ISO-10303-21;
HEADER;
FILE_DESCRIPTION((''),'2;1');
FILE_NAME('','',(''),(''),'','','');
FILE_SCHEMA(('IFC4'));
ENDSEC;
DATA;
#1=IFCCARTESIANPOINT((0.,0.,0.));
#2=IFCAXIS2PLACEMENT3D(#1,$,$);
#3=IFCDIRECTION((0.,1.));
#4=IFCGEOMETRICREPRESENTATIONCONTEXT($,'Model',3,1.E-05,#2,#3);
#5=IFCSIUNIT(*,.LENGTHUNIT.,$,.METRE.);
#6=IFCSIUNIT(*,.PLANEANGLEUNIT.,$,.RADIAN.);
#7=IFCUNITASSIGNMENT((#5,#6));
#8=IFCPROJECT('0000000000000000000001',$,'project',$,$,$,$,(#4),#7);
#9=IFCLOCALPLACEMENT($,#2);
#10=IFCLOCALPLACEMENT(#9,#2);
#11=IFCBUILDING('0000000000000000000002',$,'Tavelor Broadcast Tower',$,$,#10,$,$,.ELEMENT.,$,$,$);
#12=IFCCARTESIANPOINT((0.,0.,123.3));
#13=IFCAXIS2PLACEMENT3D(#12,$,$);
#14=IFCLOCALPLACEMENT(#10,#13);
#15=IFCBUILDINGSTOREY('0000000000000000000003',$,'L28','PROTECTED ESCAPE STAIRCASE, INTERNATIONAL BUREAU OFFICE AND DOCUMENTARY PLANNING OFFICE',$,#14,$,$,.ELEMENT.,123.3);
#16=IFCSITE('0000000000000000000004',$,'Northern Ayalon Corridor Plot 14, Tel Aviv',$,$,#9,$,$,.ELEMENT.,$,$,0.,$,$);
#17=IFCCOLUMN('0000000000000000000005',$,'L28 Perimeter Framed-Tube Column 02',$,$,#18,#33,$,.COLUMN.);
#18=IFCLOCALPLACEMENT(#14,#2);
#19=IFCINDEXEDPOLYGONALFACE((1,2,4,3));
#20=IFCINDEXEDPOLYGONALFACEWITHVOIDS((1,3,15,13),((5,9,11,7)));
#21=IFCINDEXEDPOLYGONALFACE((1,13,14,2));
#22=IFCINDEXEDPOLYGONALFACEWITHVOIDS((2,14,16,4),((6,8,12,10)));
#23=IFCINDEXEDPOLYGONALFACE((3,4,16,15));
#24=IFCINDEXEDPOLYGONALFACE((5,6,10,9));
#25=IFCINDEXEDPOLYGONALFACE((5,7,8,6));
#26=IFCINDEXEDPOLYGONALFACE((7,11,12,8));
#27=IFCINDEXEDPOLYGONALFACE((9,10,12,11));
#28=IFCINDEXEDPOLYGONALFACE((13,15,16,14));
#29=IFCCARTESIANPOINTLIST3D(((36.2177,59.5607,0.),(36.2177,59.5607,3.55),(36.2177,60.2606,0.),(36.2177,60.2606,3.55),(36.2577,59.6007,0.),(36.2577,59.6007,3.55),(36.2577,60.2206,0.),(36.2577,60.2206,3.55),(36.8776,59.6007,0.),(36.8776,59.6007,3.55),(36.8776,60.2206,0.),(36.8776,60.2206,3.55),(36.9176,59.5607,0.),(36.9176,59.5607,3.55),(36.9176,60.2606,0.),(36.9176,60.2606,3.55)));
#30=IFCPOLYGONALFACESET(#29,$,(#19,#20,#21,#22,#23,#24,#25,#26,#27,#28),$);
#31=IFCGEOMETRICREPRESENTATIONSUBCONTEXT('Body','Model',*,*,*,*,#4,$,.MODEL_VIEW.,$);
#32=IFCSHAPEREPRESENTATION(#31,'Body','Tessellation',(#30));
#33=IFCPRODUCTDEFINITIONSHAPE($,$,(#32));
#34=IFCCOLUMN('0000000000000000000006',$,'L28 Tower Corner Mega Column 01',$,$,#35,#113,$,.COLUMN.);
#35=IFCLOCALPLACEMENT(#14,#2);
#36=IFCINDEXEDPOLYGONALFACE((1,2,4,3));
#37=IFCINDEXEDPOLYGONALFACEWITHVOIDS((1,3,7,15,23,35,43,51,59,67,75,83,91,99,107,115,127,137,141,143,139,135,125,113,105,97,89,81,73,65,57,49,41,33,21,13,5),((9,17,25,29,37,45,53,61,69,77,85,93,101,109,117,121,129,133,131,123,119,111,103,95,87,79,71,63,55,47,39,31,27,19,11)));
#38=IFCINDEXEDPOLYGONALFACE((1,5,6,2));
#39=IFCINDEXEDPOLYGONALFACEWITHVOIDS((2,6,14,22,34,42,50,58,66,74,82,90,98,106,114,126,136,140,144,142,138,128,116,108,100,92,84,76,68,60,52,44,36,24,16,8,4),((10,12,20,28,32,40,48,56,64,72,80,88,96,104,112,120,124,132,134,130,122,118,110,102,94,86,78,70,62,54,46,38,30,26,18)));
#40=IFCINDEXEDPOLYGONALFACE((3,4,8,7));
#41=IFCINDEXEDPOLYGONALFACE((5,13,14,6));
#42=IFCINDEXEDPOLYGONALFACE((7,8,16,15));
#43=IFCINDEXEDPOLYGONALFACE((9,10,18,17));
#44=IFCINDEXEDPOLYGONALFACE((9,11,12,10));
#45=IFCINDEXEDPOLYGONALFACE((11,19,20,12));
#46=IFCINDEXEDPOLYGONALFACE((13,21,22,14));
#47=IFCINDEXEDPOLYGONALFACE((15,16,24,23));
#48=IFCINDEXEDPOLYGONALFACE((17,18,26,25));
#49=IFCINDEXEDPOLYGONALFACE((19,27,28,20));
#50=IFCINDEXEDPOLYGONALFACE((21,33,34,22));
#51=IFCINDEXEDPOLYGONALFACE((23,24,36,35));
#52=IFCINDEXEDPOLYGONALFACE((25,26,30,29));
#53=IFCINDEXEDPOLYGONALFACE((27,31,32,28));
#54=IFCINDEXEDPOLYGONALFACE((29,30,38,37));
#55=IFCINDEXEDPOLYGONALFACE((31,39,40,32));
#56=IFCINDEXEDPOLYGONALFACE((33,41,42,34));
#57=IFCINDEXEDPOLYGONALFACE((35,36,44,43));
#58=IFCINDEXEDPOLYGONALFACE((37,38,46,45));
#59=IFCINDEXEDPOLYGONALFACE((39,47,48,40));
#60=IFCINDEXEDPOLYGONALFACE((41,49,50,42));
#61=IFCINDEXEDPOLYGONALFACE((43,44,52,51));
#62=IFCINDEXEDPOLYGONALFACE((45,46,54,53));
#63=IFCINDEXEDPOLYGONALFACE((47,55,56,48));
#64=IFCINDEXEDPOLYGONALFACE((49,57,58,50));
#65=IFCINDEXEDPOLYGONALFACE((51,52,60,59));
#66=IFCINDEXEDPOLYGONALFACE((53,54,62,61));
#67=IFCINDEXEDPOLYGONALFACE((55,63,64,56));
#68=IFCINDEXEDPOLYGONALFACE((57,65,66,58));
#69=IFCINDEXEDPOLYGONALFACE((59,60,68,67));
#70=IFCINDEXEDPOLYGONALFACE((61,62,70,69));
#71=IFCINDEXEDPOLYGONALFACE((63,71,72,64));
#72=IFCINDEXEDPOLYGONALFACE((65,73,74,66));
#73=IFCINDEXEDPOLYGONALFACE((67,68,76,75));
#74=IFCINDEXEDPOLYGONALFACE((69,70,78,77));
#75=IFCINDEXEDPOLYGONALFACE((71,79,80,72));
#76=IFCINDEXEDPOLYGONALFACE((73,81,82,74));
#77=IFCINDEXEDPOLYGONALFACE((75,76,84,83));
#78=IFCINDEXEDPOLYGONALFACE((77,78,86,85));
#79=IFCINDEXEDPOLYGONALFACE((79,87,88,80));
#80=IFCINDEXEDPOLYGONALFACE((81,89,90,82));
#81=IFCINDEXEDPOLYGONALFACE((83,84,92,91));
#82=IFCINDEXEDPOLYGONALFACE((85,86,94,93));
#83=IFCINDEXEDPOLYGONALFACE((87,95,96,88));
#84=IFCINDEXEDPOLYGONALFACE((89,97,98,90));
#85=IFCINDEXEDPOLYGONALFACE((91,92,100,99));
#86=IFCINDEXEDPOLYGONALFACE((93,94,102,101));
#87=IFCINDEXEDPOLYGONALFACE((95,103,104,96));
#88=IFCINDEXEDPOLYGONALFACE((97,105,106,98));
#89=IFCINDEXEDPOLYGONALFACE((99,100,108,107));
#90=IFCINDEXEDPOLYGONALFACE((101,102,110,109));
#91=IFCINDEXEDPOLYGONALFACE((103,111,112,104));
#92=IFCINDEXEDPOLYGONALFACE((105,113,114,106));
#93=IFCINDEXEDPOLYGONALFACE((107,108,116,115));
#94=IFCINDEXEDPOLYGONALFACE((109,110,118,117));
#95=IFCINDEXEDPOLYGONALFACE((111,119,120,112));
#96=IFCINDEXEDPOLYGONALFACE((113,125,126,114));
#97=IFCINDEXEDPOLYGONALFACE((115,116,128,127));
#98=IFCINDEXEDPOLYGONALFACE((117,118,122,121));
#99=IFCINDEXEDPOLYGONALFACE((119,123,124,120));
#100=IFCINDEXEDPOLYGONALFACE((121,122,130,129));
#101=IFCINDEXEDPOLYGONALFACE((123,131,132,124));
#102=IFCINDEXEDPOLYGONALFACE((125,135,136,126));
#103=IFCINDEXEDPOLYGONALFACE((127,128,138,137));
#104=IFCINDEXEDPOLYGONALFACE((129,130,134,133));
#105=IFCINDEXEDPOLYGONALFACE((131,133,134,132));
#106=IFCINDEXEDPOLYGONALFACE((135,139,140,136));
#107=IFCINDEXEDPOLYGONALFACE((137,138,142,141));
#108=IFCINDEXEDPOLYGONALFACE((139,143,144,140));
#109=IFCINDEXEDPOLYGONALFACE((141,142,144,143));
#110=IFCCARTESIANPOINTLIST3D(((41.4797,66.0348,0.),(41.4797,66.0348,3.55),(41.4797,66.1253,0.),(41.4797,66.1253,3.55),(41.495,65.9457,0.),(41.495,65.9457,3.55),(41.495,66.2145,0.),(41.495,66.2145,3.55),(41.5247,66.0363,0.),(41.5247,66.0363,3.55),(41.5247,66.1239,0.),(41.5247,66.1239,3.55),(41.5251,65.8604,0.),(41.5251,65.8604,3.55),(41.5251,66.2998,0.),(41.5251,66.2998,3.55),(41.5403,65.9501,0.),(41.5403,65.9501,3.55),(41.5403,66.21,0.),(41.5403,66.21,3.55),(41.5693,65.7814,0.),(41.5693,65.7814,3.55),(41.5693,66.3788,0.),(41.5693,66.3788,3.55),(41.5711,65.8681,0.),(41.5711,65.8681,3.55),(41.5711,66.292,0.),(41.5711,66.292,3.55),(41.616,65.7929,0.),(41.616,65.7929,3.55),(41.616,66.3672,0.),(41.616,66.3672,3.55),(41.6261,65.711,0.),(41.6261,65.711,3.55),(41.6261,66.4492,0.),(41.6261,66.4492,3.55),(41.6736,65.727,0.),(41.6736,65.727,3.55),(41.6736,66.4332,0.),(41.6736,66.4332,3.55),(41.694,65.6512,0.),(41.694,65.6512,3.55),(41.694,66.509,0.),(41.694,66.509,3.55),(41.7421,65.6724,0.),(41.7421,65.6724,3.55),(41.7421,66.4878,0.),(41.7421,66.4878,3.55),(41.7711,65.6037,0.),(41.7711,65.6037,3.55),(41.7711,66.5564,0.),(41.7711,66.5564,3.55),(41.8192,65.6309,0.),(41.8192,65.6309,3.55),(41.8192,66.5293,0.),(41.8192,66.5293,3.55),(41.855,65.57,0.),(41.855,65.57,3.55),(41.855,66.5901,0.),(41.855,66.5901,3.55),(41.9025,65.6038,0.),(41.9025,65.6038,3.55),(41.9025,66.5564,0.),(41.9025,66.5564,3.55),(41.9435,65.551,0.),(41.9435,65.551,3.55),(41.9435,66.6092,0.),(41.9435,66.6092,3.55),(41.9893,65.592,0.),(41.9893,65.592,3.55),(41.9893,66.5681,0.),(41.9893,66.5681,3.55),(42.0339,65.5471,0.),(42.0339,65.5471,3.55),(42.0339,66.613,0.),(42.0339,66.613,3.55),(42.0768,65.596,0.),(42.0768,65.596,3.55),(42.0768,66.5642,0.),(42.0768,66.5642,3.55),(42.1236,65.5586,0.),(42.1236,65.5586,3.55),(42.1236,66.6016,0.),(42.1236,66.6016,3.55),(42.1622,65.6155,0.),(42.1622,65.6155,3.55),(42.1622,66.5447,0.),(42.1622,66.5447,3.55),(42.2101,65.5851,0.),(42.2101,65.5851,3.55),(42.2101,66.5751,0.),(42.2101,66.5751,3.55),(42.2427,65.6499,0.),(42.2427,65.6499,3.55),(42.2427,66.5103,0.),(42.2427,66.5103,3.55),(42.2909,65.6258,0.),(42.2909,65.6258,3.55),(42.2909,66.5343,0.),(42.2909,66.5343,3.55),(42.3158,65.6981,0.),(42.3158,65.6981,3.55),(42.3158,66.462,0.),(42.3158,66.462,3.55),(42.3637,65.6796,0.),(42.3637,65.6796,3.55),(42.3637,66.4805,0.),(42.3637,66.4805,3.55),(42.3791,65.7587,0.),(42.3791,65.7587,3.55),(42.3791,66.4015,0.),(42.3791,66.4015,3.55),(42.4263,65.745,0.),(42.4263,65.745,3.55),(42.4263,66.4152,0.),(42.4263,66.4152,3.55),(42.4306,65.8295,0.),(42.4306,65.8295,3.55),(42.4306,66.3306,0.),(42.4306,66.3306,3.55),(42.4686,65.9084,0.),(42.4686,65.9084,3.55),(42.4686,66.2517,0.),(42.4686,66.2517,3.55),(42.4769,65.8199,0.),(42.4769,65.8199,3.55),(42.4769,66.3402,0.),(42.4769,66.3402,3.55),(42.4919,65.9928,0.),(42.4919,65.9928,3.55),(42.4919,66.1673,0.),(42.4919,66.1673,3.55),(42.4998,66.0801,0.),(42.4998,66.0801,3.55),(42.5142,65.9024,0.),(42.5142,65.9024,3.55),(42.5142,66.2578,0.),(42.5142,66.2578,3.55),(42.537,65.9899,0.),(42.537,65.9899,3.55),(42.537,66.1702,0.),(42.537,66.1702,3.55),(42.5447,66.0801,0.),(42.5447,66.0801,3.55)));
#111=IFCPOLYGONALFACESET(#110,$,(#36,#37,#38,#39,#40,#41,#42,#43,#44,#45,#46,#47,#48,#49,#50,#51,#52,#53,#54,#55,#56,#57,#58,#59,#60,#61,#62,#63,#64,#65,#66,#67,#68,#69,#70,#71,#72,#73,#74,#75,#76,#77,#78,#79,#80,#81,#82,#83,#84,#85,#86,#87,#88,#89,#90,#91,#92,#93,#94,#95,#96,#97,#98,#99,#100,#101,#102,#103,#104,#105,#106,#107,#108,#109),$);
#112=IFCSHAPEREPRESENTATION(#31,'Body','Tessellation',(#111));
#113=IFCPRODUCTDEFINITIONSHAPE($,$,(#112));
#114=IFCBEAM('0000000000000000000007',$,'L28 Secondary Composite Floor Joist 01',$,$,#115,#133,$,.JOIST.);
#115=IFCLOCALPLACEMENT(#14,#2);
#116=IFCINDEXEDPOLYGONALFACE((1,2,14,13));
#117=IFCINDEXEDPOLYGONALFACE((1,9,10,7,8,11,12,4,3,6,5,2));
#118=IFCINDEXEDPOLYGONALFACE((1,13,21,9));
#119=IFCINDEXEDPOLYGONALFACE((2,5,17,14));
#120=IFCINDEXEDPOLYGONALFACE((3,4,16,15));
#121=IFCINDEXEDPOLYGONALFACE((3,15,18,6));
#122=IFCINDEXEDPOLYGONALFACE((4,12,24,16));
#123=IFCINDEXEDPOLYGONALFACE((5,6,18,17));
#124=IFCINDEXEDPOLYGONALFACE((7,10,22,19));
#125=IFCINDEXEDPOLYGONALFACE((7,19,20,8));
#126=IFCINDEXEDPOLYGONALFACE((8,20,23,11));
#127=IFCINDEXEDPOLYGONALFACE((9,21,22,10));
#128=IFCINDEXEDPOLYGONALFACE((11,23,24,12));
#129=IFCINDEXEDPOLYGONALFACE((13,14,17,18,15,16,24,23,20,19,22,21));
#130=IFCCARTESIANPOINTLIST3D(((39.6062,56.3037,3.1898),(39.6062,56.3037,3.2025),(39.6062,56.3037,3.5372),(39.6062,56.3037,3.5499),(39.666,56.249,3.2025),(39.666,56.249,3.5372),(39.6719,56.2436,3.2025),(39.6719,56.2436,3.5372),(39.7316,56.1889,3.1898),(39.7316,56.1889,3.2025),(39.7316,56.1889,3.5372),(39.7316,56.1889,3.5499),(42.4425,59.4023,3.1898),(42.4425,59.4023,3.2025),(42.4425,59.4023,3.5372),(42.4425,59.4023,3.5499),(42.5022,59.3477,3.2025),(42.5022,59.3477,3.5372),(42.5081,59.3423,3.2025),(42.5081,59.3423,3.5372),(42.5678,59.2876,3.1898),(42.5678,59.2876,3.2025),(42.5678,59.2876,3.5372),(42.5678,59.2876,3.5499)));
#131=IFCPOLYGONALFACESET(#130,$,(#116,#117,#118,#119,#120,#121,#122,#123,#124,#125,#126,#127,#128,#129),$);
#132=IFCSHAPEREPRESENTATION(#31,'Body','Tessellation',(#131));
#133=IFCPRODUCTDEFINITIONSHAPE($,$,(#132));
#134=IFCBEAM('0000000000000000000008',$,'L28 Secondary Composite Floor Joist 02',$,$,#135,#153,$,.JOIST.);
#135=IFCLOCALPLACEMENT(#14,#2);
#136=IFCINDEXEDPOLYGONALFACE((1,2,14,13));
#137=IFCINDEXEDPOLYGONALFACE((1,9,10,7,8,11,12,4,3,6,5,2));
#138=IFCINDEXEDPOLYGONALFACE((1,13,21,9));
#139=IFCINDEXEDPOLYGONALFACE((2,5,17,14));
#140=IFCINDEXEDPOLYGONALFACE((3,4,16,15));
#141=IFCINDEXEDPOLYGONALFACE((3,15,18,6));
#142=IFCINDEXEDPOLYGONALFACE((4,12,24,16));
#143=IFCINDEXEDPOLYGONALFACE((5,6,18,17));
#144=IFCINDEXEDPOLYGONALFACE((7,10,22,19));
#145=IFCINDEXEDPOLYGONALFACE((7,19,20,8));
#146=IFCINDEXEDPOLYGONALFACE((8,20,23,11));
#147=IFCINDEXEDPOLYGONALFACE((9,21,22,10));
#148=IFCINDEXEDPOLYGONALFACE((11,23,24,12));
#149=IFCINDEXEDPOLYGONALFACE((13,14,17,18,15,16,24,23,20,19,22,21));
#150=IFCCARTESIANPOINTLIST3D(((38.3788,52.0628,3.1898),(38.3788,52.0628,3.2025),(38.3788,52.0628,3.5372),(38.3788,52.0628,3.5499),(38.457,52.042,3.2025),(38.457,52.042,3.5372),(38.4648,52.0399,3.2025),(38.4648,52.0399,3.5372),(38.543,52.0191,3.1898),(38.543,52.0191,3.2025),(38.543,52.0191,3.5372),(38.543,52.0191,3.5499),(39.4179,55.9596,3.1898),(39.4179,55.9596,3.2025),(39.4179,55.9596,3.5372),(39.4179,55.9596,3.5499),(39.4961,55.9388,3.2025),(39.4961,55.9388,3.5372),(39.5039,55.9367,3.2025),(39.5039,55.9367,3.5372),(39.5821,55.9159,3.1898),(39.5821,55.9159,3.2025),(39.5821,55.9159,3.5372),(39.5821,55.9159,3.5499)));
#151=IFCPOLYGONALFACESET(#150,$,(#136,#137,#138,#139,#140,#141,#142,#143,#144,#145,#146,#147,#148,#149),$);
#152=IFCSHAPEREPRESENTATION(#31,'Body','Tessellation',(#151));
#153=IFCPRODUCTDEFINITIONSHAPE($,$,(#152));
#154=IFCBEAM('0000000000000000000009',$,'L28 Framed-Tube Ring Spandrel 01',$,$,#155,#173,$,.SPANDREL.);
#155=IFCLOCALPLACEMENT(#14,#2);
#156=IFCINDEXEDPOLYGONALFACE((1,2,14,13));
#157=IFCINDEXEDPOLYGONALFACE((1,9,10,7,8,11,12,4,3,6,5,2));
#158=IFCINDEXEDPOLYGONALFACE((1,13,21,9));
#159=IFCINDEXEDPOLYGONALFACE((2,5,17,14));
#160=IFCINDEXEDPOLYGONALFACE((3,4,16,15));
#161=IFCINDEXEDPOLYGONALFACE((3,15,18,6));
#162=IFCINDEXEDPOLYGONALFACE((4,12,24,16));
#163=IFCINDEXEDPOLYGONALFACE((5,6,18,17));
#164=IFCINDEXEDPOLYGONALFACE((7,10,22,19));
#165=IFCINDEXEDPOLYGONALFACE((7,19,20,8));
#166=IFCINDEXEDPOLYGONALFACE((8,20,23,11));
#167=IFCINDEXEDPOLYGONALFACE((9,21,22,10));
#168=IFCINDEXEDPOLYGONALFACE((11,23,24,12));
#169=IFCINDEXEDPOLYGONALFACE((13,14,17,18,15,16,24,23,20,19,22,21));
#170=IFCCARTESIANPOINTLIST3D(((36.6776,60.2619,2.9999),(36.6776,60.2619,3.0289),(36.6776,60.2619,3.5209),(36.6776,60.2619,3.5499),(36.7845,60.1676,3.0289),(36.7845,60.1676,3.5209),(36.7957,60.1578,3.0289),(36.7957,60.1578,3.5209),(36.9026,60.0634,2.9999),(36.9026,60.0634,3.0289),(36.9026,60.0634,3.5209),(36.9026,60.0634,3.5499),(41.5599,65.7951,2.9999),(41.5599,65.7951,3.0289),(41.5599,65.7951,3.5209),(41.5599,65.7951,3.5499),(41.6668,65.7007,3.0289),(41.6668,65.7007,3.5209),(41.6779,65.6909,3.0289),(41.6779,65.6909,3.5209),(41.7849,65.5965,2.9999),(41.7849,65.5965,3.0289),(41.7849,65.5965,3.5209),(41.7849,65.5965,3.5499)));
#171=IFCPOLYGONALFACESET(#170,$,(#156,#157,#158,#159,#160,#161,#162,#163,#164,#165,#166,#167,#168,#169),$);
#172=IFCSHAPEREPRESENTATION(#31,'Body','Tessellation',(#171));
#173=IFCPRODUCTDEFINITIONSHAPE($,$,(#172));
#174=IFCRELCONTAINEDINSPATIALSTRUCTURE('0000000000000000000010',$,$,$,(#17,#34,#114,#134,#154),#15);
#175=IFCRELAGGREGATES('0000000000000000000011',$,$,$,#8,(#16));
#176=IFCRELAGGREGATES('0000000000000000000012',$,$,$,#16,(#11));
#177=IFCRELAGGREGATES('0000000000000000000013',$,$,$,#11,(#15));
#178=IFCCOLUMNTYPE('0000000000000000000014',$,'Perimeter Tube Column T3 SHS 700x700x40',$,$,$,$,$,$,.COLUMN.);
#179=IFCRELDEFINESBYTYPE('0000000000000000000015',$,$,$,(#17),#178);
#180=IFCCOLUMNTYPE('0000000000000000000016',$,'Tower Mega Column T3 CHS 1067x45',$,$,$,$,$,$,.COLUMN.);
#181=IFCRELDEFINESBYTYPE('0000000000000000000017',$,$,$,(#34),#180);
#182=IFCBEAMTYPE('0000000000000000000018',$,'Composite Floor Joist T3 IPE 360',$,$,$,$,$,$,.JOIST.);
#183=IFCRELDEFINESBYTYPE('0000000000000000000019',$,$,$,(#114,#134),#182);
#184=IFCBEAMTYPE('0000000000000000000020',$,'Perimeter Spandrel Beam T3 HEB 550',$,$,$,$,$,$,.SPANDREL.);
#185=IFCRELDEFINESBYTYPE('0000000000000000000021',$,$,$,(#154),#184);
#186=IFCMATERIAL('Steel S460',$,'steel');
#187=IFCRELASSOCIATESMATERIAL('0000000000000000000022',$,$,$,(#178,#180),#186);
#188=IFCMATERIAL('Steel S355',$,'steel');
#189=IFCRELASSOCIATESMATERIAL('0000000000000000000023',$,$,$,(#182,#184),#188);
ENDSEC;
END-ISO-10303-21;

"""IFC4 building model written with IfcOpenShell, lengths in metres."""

from ifc_helpers import new_model, si_unit, direction, frame, origin, origin_2d, place, context, subcontext, project, spatial, hollow_rectangle, hollow_circle, i_section, extrude, material, material_profile, profile_set, type_object, element, save


model = new_model("IFC4")

# Units and contexts
model_context = context("Model", 3, precision=1e-05, world=origin(), true_north=direction((0.0, 1.0)))
body_context = subcontext(model_context, "Body", "Model", "MODEL_VIEW")
ifc_project = project(units=[si_unit("LENGTHUNIT", "METRE"), si_unit("PLANEANGLEUNIT", "RADIAN")], contexts=[model_context])

# Site, building, storey
site_placement = place(None, origin())
site = spatial("IfcSite", under=ifc_project, at=site_placement, Name="Northern Ayalon Corridor Plot 14, Tel Aviv", CompositionType="ELEMENT", RefElevation=0.0)
building_placement = place(site_placement, origin())
building = spatial("IfcBuilding", under=site, at=building_placement, Name="Tavelor Broadcast Tower", CompositionType="ELEMENT")
storey_placement = place(building_placement, frame((0.0, 0.0, 123.3)))
storey = spatial("IfcBuildingStorey", under=building, at=storey_placement, Name="L28", Description="PROTECTED ESCAPE STAIRCASE, INTERNATIONAL BUREAU OFFICE AND DOCUMENTARY PLANNING OFFICE", CompositionType="ELEMENT", Elevation=123.3)

# Columns
ifc_material_1 = material(Name="Steel S460", Category="steel")
ifc_material_profile_1 = material_profile(ifc_material_1, hollow_rectangle(XDim=0.7, YDim=0.7, WallThickness=0.04, at=origin_2d()), Name="SHS 700x700x40")
ifc_profile_set_1 = profile_set([ifc_material_profile_1], Name="Steel S460")
column_type_1 = type_object("IfcColumnType", Name="Perimeter Tube Column T3 SHS 700x700x40", PredefinedType="COLUMN", material=ifc_profile_set_1)
column_1_placement = place(storey_placement, frame((36.5676, 59.9106, 0.0), z_axis=(0.0, 0.0, 1.0), x_axis=(1.0, 0.0, 0.0)))
element("IfcColumn", 1, at=column_1_placement, inside=storey, type_object=column_type_1, Name="L28 Perimeter Framed-Tube Column 02", PredefinedType="COLUMN", context=body_context, shape_type="SweptSolid", body=[
    extrude(hollow_rectangle(XDim=0.7, YDim=0.7, WallThickness=0.04, at=origin_2d()), origin(), (0.0, 0.0, 1.0), 3.55),
])
ifc_material_profile_2 = material_profile(ifc_material_1, hollow_circle(Radius=0.5334, WallThickness=0.0449, at=origin_2d()), Name="CHS 1067x45")
ifc_profile_set_2 = profile_set([ifc_material_profile_2], Name="Steel S460")
column_type_2 = type_object("IfcColumnType", Name="Tower Mega Column T3 CHS 1067x45", PredefinedType="COLUMN", material=ifc_profile_set_2)
column_2_placement = place(storey_placement, frame((42.0112, 66.0801, 0.0), z_axis=(0.0, 0.0, 1.0), x_axis=(1.0, 0.0, 0.0)))
element("IfcColumn", 2, at=column_2_placement, inside=storey, type_object=column_type_2, Name="L28 Tower Corner Mega Column 01", PredefinedType="COLUMN", context=body_context, shape_type="SweptSolid", body=[
    extrude(hollow_circle(Radius=0.5334, WallThickness=0.0449, at=origin_2d()), origin(), (0.0, 0.0, 1.0), 3.55),
])

# Beams
ifc_material_2 = material(Name="Steel S355", Category="steel")
ifc_material_profile_3 = material_profile(ifc_material_2, i_section(OverallWidth=0.1699, OverallDepth=0.3601, WebThickness=0.0081, FlangeThickness=0.0127, at=origin_2d()), Name="IPE 360")
ifc_profile_set_3 = profile_set([ifc_material_profile_3], Name="Steel S355")
beam_type_1 = type_object("IfcBeamType", Name="Composite Floor Joist T3 IPE 360", PredefinedType="JOIST", material=ifc_profile_set_3)
beam_1_placement = place(storey_placement, frame((42.5051, 59.345, 3.3699), z_axis=(-0.675177, -0.737656, 0.0), x_axis=(0.737656, -0.675177, 0.0)))
element("IfcBeam", 3, at=beam_1_placement, inside=storey, type_object=beam_type_1, Name="L28 Secondary Composite Floor Joist 01", PredefinedType="JOIST", context=body_context, shape_type="SweptSolid", body=[
    extrude(i_section(OverallWidth=0.1699, OverallDepth=0.3601, WebThickness=0.0081, FlangeThickness=0.0127, at=origin_2d()), origin(), (0.0, 0.0, 1.0), 4.2007),
])
beam_2_placement = place(storey_placement, frame((39.5, 55.9377, 3.3699), z_axis=(-0.257648, -0.966239, 0.0), x_axis=(0.966239, -0.257648, 0.0)))
element("IfcBeam", 4, at=beam_2_placement, inside=storey, type_object=beam_type_1, Name="L28 Secondary Composite Floor Joist 02", PredefinedType="JOIST", context=body_context, shape_type="SweptSolid", body=[
    extrude(i_section(OverallWidth=0.1699, OverallDepth=0.3601, WebThickness=0.0081, FlangeThickness=0.0127, at=origin_2d()), origin(), (0.0, 0.0, 1.0), 4.033),
])
ifc_material_profile_4 = material_profile(ifc_material_2, i_section(OverallWidth=0.3, OverallDepth=0.55, WebThickness=0.0149, FlangeThickness=0.0291, at=origin_2d()), Name="HEB 550")
ifc_profile_set_4 = profile_set([ifc_material_profile_4], Name="Steel S355")
beam_type_2 = type_object("IfcBeamType", Name="Perimeter Spandrel Beam T3 HEB 550", PredefinedType="SPANDREL", material=ifc_profile_set_4)
beam_3_placement = place(storey_placement, frame((41.6724, 65.6958, 3.2749), z_axis=(-0.661628, -0.749832, 0.0), x_axis=(0.749832, -0.661628, 0.0)))
element("IfcBeam", 5, at=beam_3_placement, inside=storey, type_object=beam_type_2, Name="L28 Framed-Tube Ring Spandrel 01", PredefinedType="SPANDREL", context=body_context, shape_type="SweptSolid", body=[
    extrude(i_section(OverallWidth=0.3, OverallDepth=0.55, WebThickness=0.0149, FlangeThickness=0.0291, at=origin_2d()), origin(), (0.0, 0.0, 1.0), 7.3792),
])

save(model, "model.ifc")
